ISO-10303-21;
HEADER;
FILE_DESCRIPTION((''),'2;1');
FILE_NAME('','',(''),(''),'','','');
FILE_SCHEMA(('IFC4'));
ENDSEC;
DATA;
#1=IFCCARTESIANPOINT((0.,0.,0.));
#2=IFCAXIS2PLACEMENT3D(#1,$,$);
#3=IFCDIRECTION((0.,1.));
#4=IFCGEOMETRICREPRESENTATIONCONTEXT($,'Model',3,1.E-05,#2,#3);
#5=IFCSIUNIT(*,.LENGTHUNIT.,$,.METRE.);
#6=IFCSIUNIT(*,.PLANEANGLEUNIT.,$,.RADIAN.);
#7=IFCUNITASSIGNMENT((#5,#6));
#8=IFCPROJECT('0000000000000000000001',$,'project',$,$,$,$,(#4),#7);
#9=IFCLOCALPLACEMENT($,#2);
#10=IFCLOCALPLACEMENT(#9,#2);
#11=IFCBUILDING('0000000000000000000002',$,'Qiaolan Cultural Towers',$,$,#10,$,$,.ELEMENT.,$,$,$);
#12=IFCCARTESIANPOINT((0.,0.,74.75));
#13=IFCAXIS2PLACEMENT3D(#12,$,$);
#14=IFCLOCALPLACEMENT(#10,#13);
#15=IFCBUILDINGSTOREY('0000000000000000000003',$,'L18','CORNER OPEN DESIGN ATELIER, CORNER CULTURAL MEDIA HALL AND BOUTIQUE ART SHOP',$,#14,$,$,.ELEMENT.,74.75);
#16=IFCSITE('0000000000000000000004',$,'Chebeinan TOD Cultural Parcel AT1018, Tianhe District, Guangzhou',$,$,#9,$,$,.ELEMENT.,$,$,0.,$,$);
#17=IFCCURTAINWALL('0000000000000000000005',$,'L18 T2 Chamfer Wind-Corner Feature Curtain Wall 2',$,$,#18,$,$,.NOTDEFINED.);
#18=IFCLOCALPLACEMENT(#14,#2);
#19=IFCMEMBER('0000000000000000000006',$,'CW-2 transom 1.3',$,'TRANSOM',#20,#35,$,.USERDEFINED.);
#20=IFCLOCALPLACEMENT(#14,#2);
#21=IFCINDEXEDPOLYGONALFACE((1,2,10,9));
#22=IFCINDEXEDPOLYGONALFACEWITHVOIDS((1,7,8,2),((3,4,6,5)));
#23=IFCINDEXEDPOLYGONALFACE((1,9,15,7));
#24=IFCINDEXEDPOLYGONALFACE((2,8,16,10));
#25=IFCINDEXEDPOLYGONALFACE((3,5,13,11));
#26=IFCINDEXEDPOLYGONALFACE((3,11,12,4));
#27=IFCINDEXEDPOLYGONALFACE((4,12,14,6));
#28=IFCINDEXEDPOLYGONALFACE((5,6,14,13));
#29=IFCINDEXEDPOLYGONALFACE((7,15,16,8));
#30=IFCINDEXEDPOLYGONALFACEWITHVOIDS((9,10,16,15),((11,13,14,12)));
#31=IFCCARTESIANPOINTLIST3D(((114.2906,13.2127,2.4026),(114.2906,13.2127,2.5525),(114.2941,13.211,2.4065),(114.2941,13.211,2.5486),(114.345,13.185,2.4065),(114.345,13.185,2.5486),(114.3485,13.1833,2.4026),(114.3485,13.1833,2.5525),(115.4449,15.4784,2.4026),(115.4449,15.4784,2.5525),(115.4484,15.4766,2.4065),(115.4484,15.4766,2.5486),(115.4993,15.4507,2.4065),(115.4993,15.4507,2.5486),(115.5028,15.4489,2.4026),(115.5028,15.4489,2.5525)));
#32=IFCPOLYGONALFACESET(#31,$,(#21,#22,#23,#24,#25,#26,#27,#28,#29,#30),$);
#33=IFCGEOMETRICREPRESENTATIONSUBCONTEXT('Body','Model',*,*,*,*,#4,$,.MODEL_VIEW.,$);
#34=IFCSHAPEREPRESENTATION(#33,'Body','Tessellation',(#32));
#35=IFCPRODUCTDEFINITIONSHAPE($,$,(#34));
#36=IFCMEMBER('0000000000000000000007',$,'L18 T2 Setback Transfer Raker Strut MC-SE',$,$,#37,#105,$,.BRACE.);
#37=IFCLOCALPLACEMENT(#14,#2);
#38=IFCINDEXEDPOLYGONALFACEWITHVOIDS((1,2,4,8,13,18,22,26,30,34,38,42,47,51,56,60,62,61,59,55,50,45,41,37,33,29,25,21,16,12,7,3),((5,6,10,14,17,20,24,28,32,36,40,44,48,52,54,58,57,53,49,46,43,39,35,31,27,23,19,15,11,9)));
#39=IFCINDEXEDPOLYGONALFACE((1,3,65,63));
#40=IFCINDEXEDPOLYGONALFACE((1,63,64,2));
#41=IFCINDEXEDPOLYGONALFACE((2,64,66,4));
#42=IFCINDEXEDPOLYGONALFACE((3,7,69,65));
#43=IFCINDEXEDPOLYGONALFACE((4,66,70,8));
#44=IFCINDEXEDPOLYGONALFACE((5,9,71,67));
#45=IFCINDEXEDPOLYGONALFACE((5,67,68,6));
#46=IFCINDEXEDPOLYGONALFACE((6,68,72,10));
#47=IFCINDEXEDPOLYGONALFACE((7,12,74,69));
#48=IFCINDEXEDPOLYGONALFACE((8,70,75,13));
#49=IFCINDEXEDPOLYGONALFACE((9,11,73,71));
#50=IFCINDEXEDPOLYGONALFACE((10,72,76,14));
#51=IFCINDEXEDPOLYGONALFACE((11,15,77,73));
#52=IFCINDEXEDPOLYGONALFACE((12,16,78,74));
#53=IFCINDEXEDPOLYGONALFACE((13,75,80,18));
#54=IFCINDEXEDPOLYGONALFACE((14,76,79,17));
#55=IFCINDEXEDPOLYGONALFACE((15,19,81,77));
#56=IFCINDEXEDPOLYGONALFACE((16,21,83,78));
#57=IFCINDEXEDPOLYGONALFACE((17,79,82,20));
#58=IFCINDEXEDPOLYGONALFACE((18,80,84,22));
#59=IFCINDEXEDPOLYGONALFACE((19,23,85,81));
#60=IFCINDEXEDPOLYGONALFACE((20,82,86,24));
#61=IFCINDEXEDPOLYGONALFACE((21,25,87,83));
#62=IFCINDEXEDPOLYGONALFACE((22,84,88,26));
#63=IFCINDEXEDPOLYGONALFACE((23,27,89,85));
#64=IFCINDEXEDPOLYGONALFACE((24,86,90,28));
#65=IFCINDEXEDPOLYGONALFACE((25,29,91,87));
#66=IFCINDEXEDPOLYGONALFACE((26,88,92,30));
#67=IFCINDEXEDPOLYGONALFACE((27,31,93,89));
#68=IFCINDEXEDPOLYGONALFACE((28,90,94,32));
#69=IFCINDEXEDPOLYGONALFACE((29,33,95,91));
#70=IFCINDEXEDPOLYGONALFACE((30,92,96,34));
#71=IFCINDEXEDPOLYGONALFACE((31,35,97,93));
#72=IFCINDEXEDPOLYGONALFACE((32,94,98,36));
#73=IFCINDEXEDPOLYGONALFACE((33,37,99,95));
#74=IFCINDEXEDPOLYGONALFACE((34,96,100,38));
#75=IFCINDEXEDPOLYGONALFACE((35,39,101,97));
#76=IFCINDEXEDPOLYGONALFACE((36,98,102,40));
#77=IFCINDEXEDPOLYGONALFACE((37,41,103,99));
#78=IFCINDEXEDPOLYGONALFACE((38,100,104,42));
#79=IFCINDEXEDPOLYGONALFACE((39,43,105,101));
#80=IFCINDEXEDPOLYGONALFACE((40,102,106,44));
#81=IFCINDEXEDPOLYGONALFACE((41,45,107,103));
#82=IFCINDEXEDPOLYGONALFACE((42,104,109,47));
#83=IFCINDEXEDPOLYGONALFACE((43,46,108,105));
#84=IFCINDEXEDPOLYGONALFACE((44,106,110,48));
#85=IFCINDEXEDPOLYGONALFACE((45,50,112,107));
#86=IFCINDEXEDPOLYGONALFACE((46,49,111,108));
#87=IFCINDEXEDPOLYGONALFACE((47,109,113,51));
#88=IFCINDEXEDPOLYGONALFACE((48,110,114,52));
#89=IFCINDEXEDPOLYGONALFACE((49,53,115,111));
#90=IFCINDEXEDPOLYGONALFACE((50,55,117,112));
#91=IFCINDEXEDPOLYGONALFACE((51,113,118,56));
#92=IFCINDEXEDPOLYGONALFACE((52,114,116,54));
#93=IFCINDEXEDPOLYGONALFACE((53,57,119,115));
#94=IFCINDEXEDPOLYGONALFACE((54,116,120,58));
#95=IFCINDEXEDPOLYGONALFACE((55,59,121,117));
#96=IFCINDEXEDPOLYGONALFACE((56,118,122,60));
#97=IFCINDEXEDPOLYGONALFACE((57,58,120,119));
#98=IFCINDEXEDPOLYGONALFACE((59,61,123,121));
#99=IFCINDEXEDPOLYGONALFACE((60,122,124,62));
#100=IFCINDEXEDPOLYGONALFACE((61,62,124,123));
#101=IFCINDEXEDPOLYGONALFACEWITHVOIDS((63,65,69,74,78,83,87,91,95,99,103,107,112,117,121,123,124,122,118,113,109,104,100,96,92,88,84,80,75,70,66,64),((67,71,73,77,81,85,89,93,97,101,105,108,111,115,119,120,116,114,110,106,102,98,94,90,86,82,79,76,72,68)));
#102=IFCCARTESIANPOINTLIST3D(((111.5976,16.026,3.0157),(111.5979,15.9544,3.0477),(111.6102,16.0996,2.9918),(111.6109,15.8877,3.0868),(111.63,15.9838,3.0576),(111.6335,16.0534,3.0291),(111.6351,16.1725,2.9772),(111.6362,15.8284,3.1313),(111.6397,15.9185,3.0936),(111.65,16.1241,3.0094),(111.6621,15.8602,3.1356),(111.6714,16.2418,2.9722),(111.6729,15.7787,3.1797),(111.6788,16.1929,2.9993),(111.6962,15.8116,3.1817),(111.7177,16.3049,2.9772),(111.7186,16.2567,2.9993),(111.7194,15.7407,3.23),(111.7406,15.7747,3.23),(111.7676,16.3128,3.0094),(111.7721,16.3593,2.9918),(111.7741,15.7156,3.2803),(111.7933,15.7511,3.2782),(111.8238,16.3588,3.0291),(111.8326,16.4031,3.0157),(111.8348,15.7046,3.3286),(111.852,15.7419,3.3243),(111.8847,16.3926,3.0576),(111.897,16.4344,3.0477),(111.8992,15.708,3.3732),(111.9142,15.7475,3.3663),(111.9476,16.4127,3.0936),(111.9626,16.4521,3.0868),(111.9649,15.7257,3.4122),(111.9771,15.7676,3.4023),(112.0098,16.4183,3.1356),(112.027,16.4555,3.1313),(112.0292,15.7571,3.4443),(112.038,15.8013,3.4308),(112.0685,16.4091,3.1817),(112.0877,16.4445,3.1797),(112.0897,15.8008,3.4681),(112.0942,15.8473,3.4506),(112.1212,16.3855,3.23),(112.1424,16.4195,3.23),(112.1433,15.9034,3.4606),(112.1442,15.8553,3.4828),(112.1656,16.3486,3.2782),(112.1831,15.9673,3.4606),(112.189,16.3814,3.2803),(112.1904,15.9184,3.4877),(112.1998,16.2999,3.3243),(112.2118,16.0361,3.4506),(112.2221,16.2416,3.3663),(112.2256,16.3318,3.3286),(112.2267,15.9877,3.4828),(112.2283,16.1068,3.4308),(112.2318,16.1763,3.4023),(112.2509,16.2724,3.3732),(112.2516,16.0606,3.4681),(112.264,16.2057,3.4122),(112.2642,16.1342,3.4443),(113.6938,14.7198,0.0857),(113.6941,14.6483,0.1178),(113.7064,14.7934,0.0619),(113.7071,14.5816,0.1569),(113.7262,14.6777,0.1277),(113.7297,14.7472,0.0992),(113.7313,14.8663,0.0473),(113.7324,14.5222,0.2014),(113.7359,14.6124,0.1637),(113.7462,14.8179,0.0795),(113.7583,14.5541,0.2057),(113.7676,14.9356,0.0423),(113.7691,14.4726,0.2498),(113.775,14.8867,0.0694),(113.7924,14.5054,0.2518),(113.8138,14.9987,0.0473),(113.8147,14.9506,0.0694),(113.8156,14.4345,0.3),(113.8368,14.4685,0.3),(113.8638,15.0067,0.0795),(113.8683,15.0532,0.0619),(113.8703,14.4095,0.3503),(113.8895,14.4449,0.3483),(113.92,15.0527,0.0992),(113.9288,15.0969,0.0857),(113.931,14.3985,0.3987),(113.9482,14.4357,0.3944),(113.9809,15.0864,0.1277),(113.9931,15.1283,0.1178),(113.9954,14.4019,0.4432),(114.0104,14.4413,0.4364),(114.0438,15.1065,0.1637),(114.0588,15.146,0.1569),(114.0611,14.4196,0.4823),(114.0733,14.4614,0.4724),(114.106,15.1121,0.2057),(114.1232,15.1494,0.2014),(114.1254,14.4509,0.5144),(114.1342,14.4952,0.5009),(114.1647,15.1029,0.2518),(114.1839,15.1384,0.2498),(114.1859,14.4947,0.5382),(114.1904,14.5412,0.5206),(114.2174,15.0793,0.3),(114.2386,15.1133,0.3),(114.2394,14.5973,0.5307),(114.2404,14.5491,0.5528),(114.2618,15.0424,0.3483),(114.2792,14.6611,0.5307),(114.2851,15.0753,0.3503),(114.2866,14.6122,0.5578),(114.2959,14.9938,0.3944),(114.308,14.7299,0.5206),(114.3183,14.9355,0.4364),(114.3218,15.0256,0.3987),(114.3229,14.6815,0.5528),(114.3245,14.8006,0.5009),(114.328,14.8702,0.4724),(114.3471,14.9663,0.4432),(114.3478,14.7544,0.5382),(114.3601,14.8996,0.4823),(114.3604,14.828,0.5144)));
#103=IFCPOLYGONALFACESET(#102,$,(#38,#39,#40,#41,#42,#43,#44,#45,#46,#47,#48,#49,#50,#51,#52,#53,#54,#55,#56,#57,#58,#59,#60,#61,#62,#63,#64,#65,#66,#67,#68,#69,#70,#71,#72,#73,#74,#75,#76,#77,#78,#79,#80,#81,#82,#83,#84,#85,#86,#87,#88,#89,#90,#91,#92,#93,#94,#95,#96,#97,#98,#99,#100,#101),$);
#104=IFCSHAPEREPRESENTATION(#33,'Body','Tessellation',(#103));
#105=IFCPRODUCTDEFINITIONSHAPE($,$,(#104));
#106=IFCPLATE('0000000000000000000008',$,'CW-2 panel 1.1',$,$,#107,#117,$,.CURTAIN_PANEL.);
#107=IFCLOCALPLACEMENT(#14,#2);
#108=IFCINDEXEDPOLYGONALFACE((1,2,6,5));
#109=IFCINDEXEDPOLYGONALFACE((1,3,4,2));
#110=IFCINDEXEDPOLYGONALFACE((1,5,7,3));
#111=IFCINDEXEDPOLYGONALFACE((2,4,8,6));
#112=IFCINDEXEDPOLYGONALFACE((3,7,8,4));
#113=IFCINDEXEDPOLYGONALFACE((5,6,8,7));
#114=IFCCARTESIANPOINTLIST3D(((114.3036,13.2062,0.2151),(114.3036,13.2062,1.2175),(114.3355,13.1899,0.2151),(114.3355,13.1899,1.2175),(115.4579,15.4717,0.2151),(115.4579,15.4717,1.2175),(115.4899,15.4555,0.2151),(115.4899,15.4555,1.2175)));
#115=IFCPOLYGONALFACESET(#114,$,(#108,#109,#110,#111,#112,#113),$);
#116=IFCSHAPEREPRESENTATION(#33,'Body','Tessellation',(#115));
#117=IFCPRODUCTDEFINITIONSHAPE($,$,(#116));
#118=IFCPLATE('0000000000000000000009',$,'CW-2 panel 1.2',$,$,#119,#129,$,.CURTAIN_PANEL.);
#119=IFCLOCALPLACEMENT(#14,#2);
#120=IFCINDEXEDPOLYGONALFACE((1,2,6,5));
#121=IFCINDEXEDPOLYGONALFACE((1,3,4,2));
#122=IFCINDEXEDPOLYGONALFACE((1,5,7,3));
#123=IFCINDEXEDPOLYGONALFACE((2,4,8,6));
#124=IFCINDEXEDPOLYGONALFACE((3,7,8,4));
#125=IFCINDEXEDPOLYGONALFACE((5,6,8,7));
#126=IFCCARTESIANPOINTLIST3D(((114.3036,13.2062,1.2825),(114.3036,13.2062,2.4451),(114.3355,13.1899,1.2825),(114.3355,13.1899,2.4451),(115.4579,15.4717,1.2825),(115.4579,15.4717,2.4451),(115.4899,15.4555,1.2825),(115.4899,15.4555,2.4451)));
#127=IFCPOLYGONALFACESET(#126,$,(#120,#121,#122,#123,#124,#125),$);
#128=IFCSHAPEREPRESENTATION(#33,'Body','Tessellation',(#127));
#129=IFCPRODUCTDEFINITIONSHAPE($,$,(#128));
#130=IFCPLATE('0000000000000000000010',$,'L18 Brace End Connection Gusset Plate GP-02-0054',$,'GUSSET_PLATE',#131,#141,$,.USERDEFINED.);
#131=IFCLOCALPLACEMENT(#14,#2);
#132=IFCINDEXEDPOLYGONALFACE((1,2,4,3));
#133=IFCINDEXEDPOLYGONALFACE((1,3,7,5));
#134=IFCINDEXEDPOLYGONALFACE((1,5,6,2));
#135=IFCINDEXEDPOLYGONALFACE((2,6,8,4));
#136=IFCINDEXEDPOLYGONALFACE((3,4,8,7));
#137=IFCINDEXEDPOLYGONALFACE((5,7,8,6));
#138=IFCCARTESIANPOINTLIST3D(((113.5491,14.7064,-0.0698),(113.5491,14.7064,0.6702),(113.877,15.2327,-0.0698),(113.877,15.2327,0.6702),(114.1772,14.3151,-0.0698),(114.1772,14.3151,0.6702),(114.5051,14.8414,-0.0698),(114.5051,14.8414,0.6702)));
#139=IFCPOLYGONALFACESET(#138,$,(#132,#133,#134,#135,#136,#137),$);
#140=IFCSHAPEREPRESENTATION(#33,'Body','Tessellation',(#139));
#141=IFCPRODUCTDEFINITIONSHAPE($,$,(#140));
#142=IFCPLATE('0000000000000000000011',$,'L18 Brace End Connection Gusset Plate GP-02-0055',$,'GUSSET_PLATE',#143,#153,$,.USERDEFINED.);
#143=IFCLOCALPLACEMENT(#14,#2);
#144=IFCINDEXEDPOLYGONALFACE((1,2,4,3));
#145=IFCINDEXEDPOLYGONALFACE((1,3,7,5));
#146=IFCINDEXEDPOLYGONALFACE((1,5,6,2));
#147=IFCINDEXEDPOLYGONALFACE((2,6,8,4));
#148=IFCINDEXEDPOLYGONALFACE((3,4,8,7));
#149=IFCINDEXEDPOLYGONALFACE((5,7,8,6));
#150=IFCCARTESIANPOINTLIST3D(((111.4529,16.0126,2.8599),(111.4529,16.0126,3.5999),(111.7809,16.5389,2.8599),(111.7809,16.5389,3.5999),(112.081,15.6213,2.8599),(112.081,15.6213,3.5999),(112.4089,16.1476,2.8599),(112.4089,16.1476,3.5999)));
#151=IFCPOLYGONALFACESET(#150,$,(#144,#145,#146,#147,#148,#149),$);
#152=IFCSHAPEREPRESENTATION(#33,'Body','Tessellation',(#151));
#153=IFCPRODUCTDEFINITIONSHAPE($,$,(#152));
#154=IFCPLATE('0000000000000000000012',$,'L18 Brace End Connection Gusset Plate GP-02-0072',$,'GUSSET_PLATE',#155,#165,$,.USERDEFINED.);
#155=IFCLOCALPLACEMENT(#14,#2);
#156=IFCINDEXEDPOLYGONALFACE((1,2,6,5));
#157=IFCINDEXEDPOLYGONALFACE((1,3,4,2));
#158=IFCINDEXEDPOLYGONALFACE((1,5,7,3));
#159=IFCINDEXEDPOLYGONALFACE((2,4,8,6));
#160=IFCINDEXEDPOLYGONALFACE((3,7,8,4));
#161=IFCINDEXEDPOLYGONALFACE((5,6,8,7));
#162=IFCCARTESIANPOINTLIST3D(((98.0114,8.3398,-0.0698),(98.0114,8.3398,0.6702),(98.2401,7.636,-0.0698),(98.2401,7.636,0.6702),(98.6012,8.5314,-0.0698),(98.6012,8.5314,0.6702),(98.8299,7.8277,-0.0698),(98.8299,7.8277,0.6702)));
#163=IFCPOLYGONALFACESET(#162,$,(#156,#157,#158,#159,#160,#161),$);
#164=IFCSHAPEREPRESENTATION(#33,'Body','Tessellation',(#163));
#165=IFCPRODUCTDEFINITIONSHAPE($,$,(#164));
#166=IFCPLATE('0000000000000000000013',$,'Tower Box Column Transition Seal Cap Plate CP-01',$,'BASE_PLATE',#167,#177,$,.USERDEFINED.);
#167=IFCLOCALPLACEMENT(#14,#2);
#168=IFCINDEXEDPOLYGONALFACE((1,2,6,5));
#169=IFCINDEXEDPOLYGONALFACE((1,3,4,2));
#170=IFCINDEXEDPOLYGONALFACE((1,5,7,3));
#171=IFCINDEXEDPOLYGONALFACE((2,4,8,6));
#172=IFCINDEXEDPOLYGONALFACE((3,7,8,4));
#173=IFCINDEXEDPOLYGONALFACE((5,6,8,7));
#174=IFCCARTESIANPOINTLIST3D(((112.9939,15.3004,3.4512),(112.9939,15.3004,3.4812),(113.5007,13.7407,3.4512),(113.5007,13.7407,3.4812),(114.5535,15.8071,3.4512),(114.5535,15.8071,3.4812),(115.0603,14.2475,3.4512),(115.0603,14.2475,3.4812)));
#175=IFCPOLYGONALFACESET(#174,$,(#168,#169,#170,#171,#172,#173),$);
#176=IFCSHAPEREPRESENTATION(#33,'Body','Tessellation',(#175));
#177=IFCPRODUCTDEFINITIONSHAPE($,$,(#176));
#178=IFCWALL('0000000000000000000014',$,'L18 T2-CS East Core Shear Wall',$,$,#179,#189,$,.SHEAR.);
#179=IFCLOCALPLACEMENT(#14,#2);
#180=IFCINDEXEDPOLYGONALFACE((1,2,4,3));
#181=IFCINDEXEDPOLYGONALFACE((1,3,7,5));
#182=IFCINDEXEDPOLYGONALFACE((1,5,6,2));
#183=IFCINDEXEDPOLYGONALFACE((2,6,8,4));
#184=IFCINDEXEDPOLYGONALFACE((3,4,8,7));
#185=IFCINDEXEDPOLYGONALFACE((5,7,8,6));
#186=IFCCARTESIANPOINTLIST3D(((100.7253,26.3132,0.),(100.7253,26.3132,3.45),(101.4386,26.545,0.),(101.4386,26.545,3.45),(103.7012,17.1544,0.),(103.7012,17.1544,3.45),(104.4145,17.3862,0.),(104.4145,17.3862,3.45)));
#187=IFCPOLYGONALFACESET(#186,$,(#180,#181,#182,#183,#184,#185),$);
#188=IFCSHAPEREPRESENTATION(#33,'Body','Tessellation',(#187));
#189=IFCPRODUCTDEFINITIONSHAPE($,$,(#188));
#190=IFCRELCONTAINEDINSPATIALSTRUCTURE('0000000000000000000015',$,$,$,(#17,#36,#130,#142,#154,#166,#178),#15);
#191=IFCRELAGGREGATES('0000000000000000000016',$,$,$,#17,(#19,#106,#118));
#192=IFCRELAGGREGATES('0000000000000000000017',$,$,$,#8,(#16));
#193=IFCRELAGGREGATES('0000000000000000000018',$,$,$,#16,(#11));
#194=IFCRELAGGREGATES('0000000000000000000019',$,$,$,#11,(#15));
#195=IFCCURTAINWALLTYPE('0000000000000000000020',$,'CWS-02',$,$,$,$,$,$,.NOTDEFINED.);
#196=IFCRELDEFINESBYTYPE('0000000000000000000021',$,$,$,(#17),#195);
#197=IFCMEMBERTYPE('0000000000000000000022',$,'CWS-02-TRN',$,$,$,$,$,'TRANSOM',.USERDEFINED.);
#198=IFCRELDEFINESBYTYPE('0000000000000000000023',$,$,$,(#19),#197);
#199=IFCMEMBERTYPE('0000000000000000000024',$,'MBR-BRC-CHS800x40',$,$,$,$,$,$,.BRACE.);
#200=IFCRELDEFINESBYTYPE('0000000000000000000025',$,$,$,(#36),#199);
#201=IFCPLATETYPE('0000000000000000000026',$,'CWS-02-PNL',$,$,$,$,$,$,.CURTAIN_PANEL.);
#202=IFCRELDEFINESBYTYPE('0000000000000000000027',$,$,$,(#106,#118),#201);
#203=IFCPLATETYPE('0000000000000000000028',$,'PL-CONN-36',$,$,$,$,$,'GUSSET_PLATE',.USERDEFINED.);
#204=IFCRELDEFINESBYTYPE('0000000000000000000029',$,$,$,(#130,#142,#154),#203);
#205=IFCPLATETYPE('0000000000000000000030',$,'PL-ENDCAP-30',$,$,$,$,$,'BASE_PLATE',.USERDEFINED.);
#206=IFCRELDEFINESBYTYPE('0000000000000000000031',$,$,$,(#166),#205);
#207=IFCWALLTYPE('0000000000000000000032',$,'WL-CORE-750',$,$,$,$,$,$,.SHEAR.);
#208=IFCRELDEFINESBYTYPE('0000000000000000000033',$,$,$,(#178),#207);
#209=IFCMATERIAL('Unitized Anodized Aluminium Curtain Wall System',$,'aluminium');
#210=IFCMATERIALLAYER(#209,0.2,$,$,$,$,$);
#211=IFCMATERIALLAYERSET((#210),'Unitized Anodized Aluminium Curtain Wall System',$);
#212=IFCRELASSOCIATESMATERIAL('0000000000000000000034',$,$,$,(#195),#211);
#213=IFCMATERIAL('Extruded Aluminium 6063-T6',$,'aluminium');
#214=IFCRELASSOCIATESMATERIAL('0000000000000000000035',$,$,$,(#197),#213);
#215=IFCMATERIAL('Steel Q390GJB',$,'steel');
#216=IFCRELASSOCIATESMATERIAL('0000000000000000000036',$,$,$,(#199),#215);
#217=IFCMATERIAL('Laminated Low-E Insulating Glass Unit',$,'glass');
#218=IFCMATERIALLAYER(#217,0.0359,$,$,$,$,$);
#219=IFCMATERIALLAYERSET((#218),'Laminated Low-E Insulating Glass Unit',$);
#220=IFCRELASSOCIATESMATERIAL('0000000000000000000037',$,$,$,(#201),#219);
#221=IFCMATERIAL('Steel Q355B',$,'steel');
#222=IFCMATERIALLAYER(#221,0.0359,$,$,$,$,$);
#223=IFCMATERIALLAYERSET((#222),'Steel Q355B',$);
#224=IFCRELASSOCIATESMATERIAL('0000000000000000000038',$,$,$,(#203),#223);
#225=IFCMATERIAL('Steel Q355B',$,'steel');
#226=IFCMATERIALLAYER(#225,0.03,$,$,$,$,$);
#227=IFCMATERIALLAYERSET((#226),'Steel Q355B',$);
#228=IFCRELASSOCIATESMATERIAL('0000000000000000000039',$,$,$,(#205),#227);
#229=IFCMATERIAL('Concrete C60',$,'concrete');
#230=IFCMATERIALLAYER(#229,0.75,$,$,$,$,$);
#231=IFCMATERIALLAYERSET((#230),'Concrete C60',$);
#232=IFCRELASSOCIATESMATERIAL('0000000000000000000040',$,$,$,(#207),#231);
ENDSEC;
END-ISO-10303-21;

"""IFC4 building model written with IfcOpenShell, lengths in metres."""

from ifc_helpers import new_model, si_unit, direction, frame, frame_2d, origin, origin_2d, place, context, subcontext, project, spatial, rectangle, hollow_rectangle, hollow_circle, extrude, material, layer, layer_set, material_profile, profile_set, type_object, element, aggregate, save


model = new_model("IFC4")

# Units and contexts
model_context = context("Model", 3, precision=1e-05, world=origin(), true_north=direction((0.0, 1.0)))
body_context = subcontext(model_context, "Body", "Model", "MODEL_VIEW")
ifc_project = project(units=[si_unit("LENGTHUNIT", "METRE"), si_unit("PLANEANGLEUNIT", "RADIAN")], contexts=[model_context])

# Site, building, storey
site_placement = place(None, origin())
site = spatial("IfcSite", under=ifc_project, at=site_placement, Name="Chebeinan TOD Cultural Parcel AT1018, Tianhe District, Guangzhou", CompositionType="ELEMENT", RefElevation=0.0)
building_placement = place(site_placement, origin())
building = spatial("IfcBuilding", under=site, at=building_placement, Name="Qiaolan Cultural Towers", CompositionType="ELEMENT")
storey_placement = place(building_placement, frame((0.0, 0.0, 74.75)))
storey = spatial("IfcBuildingStorey", under=building, at=storey_placement, Name="L18", Description="CORNER OPEN DESIGN ATELIER, CORNER CULTURAL MEDIA HALL AND BOUTIQUE ART SHOP", CompositionType="ELEMENT", Elevation=74.75)

# Curtain wall, member
ifc_material_1 = material(Name="Unitized Anodized Aluminium Curtain Wall System", Category="aluminium")
ifc_layer_1 = layer(ifc_material_1, 0.2)
ifc_layer_set_1 = layer_set([ifc_layer_1], Name="Unitized Anodized Aluminium Curtain Wall System")
curtain_wall_type = type_object("IfcCurtainWallType", Name="CWS-02", PredefinedType="NOTDEFINED", material=ifc_layer_set_1)
curtain_wall_placement = place(storey_placement, origin())
curtain_wall = element("IfcCurtainWall", 1, at=curtain_wall_placement, inside=storey, type_object=curtain_wall_type, Name="L18 T2 Chamfer Wind-Corner Feature Curtain Wall 2", PredefinedType="NOTDEFINED")
ifc_material_2 = material(Name="Extruded Aluminium 6063-T6", Category="aluminium")
ifc_material_profile_1 = material_profile(ifc_material_2, hollow_rectangle(XDim=0.0649, YDim=0.1499, WallThickness=0.0039, at=origin_2d()), Name="CWT-150x65x4")
ifc_profile_set_1 = profile_set([ifc_material_profile_1], Name="Extruded Aluminium 6063-T6")
member_type_1 = type_object("IfcMemberType", Name="CWS-02-TRN", ElementType="TRANSOM", PredefinedType="USERDEFINED", material=ifc_profile_set_1)
member_1_placement = place(storey_placement, frame((115.4739, 15.4636, 2.4775), z_axis=(-0.45396, -0.891022, 0.0), x_axis=(0.891022, -0.45396, 0.0)))
member_1 = element("IfcMember", 2, at=member_1_placement, type_object=member_type_1, Name="CW-2 transom 1.3", ObjectType="TRANSOM", PredefinedType="USERDEFINED", context=body_context, shape_type="SweptSolid", body=[
    extrude(hollow_rectangle(XDim=0.0649, YDim=0.1499, WallThickness=0.0039, at=origin_2d()), origin(), (0.0, 0.0, 1.0), 2.5427),
])

# Member
ifc_material_3 = material(Name="Steel Q390GJB", Category="steel")
ifc_material_profile_2 = material_profile(ifc_material_3, hollow_circle(Radius=0.3999, WallThickness=0.04, at=origin_2d()), Name="CHS800x40")
ifc_profile_set_2 = profile_set([ifc_material_profile_2], Name="Steel Q390GJB")
member_type_2 = type_object("IfcMemberType", Name="MBR-BRC-CHS800x40", PredefinedType="BRACE", material=ifc_profile_set_2)
member_2_placement = place(storey_placement, frame((114.0271, 14.7739, 0.3), z_axis=(-0.547017, 0.34085, 0.764587), x_axis=(-0.528843, -0.848719, 0.0)))
element("IfcMember", 3, at=member_2_placement, inside=storey, type_object=member_type_2, Name="L18 T2 Setback Transfer Raker Strut MC-SE", PredefinedType="BRACE", context=body_context, shape_type="SweptSolid", body=[
    extrude(hollow_circle(Radius=0.3999, WallThickness=0.04, at=origin_2d()), origin(), (0.0, 0.0, 1.0), 3.832),
])

# Plates
ifc_material_4 = material(Name="Laminated Low-E Insulating Glass Unit", Category="glass")
ifc_layer_2 = layer(ifc_material_4, 0.0359)
ifc_layer_set_2 = layer_set([ifc_layer_2], Name="Laminated Low-E Insulating Glass Unit")
plate_type_1 = type_object("IfcPlateType", Name="CWS-02-PNL", PredefinedType="CURTAIN_PANEL", material=ifc_layer_set_2)
plate_1_placement = place(storey_placement, frame((114.8967, 14.3308, 0.2151), z_axis=(0.0, 0.0, 1.0), x_axis=(-0.45399, -0.891007, 0.0)))
plate_1 = element("IfcPlate", 4, at=plate_1_placement, type_object=plate_type_1, Name="CW-2 panel 1.1", PredefinedType="CURTAIN_PANEL", context=body_context, shape_type="SweptSolid", body=[
    extrude(rectangle(XDim=2.5427, YDim=0.0359, at=origin_2d()), origin(), (0.0, 0.0, 1.0), 1.0024),
])
plate_2_placement = place(storey_placement, frame((114.8967, 14.3308, 1.2825), z_axis=(0.0, 0.0, 1.0), x_axis=(-0.45399, -0.891007, 0.0)))
plate_2 = element("IfcPlate", 5, at=plate_2_placement, type_object=plate_type_1, Name="CW-2 panel 1.2", PredefinedType="CURTAIN_PANEL", context=body_context, shape_type="SweptSolid", body=[
    extrude(rectangle(XDim=2.5427, YDim=0.0359, at=origin_2d()), origin(), (0.0, 0.0, 1.0), 1.1626),
])
aggregate(curtain_wall, [member_1, plate_1, plate_2])

# Plates
ifc_material_5 = material(Name="Steel Q355B", Category="steel")
ifc_layer_3 = layer(ifc_material_5, 0.0359)
ifc_layer_set_3 = layer_set([ifc_layer_3], Name="Steel Q355B")
plate_type_2 = type_object("IfcPlateType", Name="PL-CONN-36", ElementType="GUSSET_PLATE", PredefinedType="USERDEFINED", material=ifc_layer_set_3)
for number, where, z_axis, x_axis, name in (
    (6, (114.0271, 14.7739, -0.0698), (0.0, 0.0, 1.0), (-0.848722, 0.52884, 0.0), "L18 Brace End Connection Gusset Plate GP-02-0054"),
    (7, (111.9309, 16.0801, 2.8599), (0.0, 0.0, 1.0), (-0.848722, 0.52884, 0.0), "L18 Brace End Connection Gusset Plate GP-02-0055"),
    (8, (98.4207, 8.0837, -0.0698), (0.0, 0.0, 1.0), (-0.309017, 0.951057, 0.0), "L18 Brace End Connection Gusset Plate GP-02-0072"),
):
    element("IfcPlate", number, at=place(storey_placement, frame(where, z_axis=z_axis, x_axis=x_axis)), inside=storey, type_object=plate_type_2, Name=name, ObjectType="GUSSET_PLATE", PredefinedType="USERDEFINED", context=body_context, shape_type="SweptSolid", body=[
        extrude(rectangle(XDim=0.74, YDim=0.6201, at=origin_2d()), origin(), (0.0, 0.0, 1.0), 0.74),
    ])
ifc_material_6 = material(Name="Steel Q355B", Category="steel")
ifc_layer_4 = layer(ifc_material_6, 0.03)
ifc_layer_set_4 = layer_set([ifc_layer_4], Name="Steel Q355B")
plate_type_3 = type_object("IfcPlateType", Name="PL-ENDCAP-30", ElementType="BASE_PLATE", PredefinedType="USERDEFINED", material=ifc_layer_set_4)
plate_3_placement = place(storey_placement, frame((114.0271, 14.7739, 3.4512), z_axis=(0.0, 0.0, 1.0), x_axis=(0.951057, 0.309017, 0.0)))
element("IfcPlate", 9, at=plate_3_placement, inside=storey, type_object=plate_type_3, Name="Tower Box Column Transition Seal Cap Plate CP-01", ObjectType="BASE_PLATE", PredefinedType="USERDEFINED", context=body_context, shape_type="SweptSolid", body=[
    extrude(rectangle(XDim=1.6399, YDim=1.6399, at=origin_2d()), origin(), (0.0, 0.0, 1.0), 0.03),
])

# Wall
ifc_material_7 = material(Name="Concrete C60", Category="concrete")
ifc_layer_5 = layer(ifc_material_7, 0.75)
ifc_layer_set_5 = layer_set([ifc_layer_5], Name="Concrete C60")
wall_type_1 = type_object("IfcWallType", Name="WL-CORE-750", PredefinedType="SHEAR", material=ifc_layer_set_5)
wall_1_placement = place(storey_placement, frame((101.082, 26.429, 0.0), z_axis=(0.0, 0.0, 1.0), x_axis=(0.309016, -0.951057, 0.0)))
element("IfcWall", 10, at=wall_1_placement, inside=storey, type_object=wall_type_1, Name="L18 T2-CS East Core Shear Wall", PredefinedType="SHEAR", context=body_context, shape_type="SweptSolid", body=[
    extrude(rectangle(XDim=9.6301, YDim=0.75, at=frame_2d((4.8149, 0.0))), origin(), (0.0, 0.0, 1.0), 3.45),
])

save(model, "model.ifc")
